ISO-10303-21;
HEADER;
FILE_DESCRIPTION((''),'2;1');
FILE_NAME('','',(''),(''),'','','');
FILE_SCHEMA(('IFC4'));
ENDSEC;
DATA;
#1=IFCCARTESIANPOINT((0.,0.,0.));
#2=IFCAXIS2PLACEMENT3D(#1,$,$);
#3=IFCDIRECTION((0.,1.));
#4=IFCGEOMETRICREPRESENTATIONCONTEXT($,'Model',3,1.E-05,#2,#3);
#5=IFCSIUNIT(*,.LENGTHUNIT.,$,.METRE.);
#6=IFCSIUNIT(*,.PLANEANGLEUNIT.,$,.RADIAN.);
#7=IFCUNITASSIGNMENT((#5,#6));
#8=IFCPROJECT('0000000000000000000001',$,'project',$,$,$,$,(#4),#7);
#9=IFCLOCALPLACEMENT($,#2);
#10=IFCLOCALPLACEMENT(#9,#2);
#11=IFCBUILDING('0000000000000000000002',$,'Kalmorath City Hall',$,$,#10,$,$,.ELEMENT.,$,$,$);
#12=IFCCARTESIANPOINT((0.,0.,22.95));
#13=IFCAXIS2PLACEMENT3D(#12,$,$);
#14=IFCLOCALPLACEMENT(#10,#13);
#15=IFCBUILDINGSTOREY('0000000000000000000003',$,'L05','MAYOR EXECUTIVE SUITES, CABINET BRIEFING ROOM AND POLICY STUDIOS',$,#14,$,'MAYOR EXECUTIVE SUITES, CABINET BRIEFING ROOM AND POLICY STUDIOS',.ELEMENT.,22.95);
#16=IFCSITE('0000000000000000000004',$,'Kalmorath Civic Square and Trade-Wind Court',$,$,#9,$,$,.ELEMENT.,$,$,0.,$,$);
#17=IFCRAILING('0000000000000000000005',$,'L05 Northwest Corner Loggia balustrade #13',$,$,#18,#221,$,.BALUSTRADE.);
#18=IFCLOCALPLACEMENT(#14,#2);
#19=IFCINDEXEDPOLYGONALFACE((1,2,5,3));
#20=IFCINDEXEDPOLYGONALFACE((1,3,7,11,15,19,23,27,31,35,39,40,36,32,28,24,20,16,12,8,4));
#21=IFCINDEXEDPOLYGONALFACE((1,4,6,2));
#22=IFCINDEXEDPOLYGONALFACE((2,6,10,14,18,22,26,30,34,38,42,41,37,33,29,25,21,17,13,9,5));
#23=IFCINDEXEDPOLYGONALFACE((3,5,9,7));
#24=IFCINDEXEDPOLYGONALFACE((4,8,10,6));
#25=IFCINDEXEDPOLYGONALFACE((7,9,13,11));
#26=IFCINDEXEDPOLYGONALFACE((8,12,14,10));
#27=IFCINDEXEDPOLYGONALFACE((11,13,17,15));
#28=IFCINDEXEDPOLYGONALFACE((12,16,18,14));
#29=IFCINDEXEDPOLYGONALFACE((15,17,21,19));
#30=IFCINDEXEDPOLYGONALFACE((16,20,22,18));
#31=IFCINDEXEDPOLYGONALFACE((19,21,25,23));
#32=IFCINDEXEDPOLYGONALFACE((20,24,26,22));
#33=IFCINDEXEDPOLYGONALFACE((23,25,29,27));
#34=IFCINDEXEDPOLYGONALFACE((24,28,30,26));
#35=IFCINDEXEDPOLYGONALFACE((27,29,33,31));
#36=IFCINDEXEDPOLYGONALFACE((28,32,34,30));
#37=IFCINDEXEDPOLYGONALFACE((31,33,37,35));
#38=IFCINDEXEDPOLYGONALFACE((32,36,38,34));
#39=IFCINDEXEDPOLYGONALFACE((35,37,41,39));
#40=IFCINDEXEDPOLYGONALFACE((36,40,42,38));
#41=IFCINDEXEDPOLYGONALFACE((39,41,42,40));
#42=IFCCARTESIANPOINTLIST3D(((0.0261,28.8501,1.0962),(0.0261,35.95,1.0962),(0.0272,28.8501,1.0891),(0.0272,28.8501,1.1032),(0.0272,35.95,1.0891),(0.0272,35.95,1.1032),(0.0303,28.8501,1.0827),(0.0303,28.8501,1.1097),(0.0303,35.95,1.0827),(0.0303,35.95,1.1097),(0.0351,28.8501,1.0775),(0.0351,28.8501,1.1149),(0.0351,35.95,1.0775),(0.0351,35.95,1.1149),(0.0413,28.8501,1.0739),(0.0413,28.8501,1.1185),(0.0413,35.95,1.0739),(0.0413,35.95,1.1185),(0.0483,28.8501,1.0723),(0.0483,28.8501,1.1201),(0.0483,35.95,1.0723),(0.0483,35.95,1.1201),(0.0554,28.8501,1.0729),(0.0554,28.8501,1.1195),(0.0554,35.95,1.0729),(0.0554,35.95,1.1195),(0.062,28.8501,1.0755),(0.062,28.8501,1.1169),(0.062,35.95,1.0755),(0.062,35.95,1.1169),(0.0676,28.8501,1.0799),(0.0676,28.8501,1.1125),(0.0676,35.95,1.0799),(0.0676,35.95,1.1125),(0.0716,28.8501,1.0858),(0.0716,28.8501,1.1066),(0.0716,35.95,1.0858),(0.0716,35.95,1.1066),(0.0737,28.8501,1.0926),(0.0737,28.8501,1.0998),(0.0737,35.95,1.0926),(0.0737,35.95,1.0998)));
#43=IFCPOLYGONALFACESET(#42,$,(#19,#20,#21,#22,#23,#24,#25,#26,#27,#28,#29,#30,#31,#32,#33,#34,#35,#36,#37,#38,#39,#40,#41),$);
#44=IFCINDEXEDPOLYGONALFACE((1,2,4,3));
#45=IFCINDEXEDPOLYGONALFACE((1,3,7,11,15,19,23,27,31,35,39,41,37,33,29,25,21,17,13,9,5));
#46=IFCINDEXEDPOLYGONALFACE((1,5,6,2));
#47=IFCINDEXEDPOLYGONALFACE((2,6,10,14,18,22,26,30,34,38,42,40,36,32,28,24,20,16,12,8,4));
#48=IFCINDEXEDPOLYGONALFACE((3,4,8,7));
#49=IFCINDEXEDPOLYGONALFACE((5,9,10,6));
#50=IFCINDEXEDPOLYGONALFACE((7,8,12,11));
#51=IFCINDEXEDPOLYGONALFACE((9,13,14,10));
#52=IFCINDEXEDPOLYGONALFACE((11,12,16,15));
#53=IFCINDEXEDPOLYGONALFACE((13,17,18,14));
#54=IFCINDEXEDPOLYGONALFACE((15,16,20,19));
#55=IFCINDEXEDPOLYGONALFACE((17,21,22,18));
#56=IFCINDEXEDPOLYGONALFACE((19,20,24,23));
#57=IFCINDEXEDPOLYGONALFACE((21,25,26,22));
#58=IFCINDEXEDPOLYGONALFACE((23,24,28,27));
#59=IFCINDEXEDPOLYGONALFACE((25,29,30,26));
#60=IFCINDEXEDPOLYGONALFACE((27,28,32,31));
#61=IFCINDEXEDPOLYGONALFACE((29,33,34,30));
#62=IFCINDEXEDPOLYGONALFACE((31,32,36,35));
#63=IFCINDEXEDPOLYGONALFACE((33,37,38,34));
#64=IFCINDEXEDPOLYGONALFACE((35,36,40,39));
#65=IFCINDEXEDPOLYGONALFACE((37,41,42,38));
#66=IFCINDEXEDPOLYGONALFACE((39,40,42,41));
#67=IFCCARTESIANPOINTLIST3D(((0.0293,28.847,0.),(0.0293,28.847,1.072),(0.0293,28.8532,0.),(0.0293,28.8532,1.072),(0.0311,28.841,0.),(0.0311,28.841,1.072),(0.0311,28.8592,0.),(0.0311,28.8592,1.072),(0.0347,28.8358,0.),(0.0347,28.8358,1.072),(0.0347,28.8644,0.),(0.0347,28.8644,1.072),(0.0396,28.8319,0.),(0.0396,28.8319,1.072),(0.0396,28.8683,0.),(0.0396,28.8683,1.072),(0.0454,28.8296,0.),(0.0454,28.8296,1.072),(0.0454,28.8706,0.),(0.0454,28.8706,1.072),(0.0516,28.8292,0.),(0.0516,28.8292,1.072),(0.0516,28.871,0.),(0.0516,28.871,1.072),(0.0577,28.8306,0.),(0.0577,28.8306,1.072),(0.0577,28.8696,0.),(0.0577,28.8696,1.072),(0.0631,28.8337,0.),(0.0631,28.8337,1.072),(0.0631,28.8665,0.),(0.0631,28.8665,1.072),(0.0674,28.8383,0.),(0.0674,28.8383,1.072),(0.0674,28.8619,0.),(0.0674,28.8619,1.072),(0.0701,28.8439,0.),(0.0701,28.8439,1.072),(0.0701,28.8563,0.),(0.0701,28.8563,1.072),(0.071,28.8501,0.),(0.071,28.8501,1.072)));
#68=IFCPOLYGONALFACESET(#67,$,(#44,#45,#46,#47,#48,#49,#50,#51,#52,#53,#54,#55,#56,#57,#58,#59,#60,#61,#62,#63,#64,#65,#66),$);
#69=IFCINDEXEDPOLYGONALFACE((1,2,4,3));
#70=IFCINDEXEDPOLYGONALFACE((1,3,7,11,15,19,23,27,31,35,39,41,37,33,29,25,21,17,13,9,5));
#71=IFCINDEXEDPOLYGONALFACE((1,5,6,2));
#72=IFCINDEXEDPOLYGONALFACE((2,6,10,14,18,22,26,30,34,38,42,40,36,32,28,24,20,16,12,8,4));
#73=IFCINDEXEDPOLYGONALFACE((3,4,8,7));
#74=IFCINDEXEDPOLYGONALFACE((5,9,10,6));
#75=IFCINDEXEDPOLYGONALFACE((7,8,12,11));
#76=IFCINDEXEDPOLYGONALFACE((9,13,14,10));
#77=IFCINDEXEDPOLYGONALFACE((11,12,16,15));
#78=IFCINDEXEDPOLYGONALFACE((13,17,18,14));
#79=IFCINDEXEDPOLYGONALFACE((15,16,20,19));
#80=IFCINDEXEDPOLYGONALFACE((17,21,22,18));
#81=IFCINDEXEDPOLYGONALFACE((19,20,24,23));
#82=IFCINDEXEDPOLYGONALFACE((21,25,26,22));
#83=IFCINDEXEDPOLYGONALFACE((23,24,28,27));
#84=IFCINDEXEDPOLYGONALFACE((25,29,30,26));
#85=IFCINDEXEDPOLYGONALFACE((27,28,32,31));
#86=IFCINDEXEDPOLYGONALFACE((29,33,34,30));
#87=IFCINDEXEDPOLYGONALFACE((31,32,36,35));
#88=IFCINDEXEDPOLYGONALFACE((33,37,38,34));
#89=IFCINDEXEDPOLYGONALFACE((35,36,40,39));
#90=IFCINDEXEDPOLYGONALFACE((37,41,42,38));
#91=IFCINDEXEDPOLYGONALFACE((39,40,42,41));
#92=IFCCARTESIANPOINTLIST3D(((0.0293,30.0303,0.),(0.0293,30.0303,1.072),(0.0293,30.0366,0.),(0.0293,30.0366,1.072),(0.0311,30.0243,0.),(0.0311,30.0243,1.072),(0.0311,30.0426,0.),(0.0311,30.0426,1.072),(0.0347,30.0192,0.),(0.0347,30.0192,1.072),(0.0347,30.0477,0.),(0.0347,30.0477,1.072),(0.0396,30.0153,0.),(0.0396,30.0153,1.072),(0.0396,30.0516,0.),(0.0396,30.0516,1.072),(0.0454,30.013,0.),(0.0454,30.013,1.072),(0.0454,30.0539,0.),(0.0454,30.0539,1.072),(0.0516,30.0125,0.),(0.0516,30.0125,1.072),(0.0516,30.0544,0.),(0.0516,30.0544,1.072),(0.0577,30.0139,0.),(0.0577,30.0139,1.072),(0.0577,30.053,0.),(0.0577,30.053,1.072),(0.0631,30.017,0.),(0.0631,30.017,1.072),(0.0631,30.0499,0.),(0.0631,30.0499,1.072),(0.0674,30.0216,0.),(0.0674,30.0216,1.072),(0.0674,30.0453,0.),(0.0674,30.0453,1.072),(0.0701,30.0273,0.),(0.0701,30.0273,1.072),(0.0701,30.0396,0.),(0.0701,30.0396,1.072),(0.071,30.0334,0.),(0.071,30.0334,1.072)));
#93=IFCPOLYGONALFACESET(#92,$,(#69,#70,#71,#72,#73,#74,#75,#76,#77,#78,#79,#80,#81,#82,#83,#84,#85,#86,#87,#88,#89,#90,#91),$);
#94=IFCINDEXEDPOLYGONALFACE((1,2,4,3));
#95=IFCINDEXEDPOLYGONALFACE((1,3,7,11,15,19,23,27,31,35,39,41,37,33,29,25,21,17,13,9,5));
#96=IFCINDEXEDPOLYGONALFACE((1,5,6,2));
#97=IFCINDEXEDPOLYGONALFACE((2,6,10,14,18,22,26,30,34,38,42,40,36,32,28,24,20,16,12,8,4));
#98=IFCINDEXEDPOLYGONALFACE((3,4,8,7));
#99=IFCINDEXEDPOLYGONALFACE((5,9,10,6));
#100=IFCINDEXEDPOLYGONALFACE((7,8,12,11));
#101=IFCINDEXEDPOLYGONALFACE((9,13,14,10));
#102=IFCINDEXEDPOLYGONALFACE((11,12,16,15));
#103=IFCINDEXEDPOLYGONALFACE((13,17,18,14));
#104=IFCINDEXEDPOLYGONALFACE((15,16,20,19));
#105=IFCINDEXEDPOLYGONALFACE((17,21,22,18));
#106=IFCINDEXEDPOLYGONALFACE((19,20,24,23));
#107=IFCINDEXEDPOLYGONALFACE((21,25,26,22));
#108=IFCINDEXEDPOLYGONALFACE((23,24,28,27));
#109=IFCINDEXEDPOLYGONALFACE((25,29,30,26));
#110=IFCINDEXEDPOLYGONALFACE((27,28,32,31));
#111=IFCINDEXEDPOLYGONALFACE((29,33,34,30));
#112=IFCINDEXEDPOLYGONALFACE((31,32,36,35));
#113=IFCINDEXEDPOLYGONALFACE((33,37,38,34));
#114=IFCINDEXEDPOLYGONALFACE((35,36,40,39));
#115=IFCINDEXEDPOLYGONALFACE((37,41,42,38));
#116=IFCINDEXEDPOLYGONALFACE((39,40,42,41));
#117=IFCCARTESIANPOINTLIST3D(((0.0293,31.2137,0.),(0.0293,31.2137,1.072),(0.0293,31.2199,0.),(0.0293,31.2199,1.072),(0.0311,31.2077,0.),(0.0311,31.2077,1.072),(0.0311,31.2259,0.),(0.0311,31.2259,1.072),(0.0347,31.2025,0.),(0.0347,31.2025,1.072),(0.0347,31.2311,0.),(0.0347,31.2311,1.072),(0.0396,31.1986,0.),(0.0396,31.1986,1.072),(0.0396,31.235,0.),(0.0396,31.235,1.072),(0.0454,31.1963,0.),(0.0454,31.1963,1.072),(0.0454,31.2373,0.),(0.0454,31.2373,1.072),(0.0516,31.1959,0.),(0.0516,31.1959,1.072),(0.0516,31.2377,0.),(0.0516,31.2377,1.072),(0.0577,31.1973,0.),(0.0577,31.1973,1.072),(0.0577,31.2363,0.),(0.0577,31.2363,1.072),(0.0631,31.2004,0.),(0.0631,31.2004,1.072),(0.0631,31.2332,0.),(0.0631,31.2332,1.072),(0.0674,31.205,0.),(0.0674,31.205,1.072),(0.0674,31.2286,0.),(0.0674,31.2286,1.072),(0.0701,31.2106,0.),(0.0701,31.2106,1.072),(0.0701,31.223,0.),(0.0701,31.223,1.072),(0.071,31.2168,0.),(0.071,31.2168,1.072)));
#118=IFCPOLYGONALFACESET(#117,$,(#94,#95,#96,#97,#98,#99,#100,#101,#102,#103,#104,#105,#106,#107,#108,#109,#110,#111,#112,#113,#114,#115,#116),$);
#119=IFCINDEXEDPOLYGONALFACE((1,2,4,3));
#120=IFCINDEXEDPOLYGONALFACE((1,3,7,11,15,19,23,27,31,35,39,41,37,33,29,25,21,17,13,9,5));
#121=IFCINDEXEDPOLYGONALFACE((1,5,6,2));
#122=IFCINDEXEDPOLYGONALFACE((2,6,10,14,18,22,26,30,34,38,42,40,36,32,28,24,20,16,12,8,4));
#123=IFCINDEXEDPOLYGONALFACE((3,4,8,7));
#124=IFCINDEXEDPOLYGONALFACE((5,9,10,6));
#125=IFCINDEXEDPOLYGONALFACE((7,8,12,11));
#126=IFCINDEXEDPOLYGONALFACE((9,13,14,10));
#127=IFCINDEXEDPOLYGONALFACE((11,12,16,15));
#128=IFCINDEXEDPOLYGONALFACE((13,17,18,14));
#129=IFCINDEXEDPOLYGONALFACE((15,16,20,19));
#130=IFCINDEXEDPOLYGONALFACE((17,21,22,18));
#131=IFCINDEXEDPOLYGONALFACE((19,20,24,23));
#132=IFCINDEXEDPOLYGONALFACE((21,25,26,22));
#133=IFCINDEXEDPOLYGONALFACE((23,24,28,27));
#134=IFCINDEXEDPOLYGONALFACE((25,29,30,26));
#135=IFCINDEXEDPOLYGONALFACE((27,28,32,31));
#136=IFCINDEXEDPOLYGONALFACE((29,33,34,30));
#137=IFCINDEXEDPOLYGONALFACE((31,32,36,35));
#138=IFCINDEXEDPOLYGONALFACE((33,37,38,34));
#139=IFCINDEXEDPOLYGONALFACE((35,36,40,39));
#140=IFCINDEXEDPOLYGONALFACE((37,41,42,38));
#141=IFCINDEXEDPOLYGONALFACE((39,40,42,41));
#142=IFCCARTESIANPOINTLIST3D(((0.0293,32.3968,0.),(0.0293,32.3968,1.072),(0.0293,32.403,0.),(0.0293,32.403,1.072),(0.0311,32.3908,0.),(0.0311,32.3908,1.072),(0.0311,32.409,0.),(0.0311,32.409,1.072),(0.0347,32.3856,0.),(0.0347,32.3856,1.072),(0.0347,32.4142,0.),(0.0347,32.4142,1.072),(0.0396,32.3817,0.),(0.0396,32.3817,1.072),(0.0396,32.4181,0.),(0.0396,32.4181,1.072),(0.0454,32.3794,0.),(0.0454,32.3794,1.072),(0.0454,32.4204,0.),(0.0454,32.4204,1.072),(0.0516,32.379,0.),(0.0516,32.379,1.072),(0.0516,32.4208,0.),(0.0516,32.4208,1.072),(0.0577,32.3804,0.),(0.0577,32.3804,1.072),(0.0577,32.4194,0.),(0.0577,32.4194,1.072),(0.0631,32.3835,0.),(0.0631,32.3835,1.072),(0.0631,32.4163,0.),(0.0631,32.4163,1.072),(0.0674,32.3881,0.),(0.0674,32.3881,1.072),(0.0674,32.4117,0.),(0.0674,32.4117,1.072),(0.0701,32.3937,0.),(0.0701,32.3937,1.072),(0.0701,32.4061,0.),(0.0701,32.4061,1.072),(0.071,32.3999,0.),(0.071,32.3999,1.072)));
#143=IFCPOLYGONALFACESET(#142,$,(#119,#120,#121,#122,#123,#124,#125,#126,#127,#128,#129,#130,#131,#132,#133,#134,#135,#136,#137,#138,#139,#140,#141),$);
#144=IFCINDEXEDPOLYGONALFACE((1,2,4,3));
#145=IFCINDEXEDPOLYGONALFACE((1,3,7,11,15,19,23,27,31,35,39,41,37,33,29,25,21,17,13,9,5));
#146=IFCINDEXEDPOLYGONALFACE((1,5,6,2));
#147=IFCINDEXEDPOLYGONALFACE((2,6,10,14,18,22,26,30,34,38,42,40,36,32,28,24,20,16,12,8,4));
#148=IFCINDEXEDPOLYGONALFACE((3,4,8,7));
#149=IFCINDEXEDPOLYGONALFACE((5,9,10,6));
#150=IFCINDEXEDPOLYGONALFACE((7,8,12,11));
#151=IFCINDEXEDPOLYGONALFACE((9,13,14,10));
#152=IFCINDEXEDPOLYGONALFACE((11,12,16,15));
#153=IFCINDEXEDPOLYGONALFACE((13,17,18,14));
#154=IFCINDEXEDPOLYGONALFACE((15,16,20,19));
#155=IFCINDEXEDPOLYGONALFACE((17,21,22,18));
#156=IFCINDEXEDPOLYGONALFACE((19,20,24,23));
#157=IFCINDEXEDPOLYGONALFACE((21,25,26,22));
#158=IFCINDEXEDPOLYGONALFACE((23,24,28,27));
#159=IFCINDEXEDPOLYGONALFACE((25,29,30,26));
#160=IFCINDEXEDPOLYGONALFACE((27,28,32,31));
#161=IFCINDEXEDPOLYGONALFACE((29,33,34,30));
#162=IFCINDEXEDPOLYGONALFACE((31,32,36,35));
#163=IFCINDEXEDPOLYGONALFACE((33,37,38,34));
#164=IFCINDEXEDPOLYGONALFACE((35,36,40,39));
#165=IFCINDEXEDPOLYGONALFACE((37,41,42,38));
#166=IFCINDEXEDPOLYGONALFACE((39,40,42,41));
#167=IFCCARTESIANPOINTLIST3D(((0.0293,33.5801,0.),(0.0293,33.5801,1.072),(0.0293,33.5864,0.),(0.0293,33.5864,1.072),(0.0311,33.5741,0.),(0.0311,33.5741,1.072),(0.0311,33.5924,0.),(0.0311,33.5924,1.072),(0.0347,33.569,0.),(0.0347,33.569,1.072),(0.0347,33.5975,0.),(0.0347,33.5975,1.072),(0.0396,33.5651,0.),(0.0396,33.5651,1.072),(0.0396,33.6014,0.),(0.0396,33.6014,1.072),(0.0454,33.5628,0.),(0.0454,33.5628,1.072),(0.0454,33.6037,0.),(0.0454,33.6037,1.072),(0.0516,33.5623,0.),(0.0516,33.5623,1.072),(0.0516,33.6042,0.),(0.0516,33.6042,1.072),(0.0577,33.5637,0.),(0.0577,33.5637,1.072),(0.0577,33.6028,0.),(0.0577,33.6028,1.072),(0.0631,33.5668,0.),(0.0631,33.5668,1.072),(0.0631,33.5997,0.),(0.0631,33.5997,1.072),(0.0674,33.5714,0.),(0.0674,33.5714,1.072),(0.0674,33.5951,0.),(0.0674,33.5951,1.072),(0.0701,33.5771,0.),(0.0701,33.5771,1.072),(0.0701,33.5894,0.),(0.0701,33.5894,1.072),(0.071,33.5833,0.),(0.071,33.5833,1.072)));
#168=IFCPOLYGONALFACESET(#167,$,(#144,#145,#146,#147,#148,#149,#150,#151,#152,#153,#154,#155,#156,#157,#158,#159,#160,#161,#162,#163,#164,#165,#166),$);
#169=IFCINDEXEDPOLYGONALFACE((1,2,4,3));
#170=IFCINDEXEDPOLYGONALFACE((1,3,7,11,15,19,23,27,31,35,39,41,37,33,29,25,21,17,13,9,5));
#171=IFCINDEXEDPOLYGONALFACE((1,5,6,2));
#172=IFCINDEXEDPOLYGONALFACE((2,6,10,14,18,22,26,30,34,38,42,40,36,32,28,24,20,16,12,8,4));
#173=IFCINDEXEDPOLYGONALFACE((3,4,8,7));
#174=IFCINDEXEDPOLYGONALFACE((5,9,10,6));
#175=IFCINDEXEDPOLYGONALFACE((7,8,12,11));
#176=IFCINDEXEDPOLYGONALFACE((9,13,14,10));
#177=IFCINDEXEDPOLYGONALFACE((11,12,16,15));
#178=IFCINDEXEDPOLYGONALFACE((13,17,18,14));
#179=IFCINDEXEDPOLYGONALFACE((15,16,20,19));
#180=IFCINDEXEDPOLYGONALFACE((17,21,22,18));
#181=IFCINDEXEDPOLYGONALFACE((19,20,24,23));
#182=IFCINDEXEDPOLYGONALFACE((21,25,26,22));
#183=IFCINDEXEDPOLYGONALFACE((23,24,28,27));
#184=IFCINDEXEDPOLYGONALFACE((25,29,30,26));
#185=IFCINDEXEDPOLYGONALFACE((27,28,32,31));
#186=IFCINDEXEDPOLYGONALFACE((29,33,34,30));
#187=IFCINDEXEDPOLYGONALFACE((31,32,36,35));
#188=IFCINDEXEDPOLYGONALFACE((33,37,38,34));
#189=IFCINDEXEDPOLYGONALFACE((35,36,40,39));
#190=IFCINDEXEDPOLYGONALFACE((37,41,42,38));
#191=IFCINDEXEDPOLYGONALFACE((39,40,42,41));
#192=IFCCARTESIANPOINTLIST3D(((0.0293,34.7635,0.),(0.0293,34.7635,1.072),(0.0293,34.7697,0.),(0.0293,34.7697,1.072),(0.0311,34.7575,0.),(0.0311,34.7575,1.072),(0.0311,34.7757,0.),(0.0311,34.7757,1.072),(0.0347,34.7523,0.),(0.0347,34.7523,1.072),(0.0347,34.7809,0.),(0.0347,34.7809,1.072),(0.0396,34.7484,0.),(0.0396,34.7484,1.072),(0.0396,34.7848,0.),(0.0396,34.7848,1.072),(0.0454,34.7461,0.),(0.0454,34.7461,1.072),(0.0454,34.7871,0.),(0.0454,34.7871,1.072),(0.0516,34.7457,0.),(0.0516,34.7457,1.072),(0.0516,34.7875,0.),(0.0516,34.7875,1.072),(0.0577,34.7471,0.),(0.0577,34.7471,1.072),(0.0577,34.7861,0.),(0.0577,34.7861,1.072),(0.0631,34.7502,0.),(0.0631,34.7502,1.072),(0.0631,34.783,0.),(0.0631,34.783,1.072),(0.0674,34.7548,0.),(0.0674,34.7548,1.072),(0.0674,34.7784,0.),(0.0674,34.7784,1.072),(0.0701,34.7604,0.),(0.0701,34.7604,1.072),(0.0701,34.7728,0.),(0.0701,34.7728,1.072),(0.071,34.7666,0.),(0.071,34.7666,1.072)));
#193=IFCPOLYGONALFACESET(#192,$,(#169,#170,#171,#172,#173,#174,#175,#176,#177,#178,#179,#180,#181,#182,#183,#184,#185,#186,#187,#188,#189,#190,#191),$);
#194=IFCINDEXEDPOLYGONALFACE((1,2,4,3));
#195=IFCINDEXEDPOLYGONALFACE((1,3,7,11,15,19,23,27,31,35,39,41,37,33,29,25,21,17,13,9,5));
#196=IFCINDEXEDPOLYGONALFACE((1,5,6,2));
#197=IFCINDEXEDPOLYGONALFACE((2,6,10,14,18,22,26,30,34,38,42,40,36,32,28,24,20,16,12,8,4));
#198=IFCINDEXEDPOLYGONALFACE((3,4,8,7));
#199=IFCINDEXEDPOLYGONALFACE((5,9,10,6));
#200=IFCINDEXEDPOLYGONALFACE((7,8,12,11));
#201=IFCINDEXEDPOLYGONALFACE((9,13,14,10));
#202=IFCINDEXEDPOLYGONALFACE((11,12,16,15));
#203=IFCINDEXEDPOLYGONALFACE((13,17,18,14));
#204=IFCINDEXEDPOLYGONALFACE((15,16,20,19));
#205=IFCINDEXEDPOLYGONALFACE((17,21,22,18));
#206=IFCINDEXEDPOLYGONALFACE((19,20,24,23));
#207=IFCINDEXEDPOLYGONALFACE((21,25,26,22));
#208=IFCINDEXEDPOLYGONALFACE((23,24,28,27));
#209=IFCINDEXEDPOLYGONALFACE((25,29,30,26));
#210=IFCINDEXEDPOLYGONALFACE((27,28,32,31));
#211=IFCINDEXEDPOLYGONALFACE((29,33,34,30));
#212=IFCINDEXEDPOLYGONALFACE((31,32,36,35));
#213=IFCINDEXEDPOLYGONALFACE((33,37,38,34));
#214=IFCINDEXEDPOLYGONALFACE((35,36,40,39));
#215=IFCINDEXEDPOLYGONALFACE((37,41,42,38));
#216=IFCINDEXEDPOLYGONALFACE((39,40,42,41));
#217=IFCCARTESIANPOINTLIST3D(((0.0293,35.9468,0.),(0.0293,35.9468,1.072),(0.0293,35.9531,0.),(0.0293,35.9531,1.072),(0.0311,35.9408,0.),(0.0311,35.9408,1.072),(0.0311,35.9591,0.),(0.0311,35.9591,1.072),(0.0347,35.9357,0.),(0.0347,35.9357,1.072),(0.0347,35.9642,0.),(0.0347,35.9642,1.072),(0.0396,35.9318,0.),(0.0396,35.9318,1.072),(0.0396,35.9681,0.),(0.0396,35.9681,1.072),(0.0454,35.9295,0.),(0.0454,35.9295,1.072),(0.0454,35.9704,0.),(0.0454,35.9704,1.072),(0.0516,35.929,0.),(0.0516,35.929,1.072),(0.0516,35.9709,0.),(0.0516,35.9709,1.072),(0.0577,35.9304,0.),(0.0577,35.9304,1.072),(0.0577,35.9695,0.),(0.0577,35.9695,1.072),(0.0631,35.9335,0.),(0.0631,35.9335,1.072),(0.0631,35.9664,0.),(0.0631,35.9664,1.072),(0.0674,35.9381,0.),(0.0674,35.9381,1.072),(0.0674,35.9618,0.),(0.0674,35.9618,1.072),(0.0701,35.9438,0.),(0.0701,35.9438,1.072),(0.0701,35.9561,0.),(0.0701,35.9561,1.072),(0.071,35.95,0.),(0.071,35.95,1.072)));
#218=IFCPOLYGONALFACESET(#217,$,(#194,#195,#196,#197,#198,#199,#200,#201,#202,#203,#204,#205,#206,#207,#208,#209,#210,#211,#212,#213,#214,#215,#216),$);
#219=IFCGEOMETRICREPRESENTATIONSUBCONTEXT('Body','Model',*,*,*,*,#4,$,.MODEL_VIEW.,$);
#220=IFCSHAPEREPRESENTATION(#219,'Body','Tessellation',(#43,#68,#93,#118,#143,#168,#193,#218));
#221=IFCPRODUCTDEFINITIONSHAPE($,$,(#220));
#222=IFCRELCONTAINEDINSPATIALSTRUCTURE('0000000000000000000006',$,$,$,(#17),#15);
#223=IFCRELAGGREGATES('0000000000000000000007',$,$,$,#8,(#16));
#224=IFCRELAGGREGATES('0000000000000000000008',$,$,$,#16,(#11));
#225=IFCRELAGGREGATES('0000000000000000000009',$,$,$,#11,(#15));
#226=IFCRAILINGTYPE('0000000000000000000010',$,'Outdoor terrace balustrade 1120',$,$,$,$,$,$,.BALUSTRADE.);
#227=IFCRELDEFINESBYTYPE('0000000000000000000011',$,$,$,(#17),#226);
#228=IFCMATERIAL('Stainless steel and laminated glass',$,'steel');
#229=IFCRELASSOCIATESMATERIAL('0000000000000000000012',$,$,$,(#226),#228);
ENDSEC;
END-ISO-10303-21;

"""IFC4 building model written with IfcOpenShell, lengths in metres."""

from ifc_helpers import new_model, si_unit, direction, frame, origin, origin_2d, place, context, subcontext, project, spatial, circle, extrude, material, type_object, element, save


model = new_model("IFC4")

# Units and contexts
model_context = context("Model", 3, precision=1e-05, world=origin(), true_north=direction((0.0, 1.0)))
body_context = subcontext(model_context, "Body", "Model", "MODEL_VIEW")
ifc_project = project(units=[si_unit("LENGTHUNIT", "METRE"), si_unit("PLANEANGLEUNIT", "RADIAN")], contexts=[model_context])

# Site, building, storey
site_placement = place(None, origin())
site = spatial("IfcSite", under=ifc_project, at=site_placement, Name="Kalmorath Civic Square and Trade-Wind Court", CompositionType="ELEMENT", RefElevation=0.0)
building_placement = place(site_placement, origin())
building = spatial("IfcBuilding", under=site, at=building_placement, Name="Kalmorath City Hall", CompositionType="ELEMENT")
storey_placement = place(building_placement, frame((0.0, 0.0, 22.95)))
storey = spatial("IfcBuildingStorey", under=building, at=storey_placement, Name="L05", Description="MAYOR EXECUTIVE SUITES, CABINET BRIEFING ROOM AND POLICY STUDIOS", LongName="MAYOR EXECUTIVE SUITES, CABINET BRIEFING ROOM AND POLICY STUDIOS", CompositionType="ELEMENT", Elevation=22.95)

# Railing
ifc_material_1 = material(Name="Stainless steel and laminated glass", Category="steel")
railing_type = type_object("IfcRailingType", Name="Outdoor terrace balustrade 1120", PredefinedType="BALUSTRADE", material=ifc_material_1)
railing_placement = place(storey_placement, frame((0.05, 28.8501, 0.0)))
element("IfcRailing", 1, at=railing_placement, inside=storey, type_object=railing_type, Name="L05 Northwest Corner Loggia balustrade #13", PredefinedType="BALUSTRADE", context=body_context, shape_type="SweptSolid", body=[
    extrude(circle(Radius=0.0239, at=origin_2d()), frame((0.0, 0.0, 1.0962), z_axis=(0.0, 1.0, 0.0), x_axis=(-1.0, 0.0, 0.0)), (0.0, 0.0, 1.0), 7.0999),
    extrude(circle(Radius=0.021, at=origin_2d()), origin(), (0.0, 0.0, 1.0), 1.072),
    extrude(circle(Radius=0.021, at=origin_2d()), frame((0.0, 1.1833, 0.0)), (0.0, 0.0, 1.0), 1.072),
    extrude(circle(Radius=0.021, at=origin_2d()), frame((0.0, 2.3667, 0.0)), (0.0, 0.0, 1.0), 1.072),
    extrude(circle(Radius=0.021, at=origin_2d()), frame((0.0, 3.5498, 0.0)), (0.0, 0.0, 1.0), 1.072),
    extrude(circle(Radius=0.021, at=origin_2d()), frame((0.0, 4.7332, 0.0)), (0.0, 0.0, 1.0), 1.072),
    extrude(circle(Radius=0.021, at=origin_2d()), frame((0.0, 5.9165, 0.0)), (0.0, 0.0, 1.0), 1.072),
    extrude(circle(Radius=0.021, at=origin_2d()), frame((0.0, 7.0999, 0.0)), (0.0, 0.0, 1.0), 1.072),
])

save(model, "model.ifc")
